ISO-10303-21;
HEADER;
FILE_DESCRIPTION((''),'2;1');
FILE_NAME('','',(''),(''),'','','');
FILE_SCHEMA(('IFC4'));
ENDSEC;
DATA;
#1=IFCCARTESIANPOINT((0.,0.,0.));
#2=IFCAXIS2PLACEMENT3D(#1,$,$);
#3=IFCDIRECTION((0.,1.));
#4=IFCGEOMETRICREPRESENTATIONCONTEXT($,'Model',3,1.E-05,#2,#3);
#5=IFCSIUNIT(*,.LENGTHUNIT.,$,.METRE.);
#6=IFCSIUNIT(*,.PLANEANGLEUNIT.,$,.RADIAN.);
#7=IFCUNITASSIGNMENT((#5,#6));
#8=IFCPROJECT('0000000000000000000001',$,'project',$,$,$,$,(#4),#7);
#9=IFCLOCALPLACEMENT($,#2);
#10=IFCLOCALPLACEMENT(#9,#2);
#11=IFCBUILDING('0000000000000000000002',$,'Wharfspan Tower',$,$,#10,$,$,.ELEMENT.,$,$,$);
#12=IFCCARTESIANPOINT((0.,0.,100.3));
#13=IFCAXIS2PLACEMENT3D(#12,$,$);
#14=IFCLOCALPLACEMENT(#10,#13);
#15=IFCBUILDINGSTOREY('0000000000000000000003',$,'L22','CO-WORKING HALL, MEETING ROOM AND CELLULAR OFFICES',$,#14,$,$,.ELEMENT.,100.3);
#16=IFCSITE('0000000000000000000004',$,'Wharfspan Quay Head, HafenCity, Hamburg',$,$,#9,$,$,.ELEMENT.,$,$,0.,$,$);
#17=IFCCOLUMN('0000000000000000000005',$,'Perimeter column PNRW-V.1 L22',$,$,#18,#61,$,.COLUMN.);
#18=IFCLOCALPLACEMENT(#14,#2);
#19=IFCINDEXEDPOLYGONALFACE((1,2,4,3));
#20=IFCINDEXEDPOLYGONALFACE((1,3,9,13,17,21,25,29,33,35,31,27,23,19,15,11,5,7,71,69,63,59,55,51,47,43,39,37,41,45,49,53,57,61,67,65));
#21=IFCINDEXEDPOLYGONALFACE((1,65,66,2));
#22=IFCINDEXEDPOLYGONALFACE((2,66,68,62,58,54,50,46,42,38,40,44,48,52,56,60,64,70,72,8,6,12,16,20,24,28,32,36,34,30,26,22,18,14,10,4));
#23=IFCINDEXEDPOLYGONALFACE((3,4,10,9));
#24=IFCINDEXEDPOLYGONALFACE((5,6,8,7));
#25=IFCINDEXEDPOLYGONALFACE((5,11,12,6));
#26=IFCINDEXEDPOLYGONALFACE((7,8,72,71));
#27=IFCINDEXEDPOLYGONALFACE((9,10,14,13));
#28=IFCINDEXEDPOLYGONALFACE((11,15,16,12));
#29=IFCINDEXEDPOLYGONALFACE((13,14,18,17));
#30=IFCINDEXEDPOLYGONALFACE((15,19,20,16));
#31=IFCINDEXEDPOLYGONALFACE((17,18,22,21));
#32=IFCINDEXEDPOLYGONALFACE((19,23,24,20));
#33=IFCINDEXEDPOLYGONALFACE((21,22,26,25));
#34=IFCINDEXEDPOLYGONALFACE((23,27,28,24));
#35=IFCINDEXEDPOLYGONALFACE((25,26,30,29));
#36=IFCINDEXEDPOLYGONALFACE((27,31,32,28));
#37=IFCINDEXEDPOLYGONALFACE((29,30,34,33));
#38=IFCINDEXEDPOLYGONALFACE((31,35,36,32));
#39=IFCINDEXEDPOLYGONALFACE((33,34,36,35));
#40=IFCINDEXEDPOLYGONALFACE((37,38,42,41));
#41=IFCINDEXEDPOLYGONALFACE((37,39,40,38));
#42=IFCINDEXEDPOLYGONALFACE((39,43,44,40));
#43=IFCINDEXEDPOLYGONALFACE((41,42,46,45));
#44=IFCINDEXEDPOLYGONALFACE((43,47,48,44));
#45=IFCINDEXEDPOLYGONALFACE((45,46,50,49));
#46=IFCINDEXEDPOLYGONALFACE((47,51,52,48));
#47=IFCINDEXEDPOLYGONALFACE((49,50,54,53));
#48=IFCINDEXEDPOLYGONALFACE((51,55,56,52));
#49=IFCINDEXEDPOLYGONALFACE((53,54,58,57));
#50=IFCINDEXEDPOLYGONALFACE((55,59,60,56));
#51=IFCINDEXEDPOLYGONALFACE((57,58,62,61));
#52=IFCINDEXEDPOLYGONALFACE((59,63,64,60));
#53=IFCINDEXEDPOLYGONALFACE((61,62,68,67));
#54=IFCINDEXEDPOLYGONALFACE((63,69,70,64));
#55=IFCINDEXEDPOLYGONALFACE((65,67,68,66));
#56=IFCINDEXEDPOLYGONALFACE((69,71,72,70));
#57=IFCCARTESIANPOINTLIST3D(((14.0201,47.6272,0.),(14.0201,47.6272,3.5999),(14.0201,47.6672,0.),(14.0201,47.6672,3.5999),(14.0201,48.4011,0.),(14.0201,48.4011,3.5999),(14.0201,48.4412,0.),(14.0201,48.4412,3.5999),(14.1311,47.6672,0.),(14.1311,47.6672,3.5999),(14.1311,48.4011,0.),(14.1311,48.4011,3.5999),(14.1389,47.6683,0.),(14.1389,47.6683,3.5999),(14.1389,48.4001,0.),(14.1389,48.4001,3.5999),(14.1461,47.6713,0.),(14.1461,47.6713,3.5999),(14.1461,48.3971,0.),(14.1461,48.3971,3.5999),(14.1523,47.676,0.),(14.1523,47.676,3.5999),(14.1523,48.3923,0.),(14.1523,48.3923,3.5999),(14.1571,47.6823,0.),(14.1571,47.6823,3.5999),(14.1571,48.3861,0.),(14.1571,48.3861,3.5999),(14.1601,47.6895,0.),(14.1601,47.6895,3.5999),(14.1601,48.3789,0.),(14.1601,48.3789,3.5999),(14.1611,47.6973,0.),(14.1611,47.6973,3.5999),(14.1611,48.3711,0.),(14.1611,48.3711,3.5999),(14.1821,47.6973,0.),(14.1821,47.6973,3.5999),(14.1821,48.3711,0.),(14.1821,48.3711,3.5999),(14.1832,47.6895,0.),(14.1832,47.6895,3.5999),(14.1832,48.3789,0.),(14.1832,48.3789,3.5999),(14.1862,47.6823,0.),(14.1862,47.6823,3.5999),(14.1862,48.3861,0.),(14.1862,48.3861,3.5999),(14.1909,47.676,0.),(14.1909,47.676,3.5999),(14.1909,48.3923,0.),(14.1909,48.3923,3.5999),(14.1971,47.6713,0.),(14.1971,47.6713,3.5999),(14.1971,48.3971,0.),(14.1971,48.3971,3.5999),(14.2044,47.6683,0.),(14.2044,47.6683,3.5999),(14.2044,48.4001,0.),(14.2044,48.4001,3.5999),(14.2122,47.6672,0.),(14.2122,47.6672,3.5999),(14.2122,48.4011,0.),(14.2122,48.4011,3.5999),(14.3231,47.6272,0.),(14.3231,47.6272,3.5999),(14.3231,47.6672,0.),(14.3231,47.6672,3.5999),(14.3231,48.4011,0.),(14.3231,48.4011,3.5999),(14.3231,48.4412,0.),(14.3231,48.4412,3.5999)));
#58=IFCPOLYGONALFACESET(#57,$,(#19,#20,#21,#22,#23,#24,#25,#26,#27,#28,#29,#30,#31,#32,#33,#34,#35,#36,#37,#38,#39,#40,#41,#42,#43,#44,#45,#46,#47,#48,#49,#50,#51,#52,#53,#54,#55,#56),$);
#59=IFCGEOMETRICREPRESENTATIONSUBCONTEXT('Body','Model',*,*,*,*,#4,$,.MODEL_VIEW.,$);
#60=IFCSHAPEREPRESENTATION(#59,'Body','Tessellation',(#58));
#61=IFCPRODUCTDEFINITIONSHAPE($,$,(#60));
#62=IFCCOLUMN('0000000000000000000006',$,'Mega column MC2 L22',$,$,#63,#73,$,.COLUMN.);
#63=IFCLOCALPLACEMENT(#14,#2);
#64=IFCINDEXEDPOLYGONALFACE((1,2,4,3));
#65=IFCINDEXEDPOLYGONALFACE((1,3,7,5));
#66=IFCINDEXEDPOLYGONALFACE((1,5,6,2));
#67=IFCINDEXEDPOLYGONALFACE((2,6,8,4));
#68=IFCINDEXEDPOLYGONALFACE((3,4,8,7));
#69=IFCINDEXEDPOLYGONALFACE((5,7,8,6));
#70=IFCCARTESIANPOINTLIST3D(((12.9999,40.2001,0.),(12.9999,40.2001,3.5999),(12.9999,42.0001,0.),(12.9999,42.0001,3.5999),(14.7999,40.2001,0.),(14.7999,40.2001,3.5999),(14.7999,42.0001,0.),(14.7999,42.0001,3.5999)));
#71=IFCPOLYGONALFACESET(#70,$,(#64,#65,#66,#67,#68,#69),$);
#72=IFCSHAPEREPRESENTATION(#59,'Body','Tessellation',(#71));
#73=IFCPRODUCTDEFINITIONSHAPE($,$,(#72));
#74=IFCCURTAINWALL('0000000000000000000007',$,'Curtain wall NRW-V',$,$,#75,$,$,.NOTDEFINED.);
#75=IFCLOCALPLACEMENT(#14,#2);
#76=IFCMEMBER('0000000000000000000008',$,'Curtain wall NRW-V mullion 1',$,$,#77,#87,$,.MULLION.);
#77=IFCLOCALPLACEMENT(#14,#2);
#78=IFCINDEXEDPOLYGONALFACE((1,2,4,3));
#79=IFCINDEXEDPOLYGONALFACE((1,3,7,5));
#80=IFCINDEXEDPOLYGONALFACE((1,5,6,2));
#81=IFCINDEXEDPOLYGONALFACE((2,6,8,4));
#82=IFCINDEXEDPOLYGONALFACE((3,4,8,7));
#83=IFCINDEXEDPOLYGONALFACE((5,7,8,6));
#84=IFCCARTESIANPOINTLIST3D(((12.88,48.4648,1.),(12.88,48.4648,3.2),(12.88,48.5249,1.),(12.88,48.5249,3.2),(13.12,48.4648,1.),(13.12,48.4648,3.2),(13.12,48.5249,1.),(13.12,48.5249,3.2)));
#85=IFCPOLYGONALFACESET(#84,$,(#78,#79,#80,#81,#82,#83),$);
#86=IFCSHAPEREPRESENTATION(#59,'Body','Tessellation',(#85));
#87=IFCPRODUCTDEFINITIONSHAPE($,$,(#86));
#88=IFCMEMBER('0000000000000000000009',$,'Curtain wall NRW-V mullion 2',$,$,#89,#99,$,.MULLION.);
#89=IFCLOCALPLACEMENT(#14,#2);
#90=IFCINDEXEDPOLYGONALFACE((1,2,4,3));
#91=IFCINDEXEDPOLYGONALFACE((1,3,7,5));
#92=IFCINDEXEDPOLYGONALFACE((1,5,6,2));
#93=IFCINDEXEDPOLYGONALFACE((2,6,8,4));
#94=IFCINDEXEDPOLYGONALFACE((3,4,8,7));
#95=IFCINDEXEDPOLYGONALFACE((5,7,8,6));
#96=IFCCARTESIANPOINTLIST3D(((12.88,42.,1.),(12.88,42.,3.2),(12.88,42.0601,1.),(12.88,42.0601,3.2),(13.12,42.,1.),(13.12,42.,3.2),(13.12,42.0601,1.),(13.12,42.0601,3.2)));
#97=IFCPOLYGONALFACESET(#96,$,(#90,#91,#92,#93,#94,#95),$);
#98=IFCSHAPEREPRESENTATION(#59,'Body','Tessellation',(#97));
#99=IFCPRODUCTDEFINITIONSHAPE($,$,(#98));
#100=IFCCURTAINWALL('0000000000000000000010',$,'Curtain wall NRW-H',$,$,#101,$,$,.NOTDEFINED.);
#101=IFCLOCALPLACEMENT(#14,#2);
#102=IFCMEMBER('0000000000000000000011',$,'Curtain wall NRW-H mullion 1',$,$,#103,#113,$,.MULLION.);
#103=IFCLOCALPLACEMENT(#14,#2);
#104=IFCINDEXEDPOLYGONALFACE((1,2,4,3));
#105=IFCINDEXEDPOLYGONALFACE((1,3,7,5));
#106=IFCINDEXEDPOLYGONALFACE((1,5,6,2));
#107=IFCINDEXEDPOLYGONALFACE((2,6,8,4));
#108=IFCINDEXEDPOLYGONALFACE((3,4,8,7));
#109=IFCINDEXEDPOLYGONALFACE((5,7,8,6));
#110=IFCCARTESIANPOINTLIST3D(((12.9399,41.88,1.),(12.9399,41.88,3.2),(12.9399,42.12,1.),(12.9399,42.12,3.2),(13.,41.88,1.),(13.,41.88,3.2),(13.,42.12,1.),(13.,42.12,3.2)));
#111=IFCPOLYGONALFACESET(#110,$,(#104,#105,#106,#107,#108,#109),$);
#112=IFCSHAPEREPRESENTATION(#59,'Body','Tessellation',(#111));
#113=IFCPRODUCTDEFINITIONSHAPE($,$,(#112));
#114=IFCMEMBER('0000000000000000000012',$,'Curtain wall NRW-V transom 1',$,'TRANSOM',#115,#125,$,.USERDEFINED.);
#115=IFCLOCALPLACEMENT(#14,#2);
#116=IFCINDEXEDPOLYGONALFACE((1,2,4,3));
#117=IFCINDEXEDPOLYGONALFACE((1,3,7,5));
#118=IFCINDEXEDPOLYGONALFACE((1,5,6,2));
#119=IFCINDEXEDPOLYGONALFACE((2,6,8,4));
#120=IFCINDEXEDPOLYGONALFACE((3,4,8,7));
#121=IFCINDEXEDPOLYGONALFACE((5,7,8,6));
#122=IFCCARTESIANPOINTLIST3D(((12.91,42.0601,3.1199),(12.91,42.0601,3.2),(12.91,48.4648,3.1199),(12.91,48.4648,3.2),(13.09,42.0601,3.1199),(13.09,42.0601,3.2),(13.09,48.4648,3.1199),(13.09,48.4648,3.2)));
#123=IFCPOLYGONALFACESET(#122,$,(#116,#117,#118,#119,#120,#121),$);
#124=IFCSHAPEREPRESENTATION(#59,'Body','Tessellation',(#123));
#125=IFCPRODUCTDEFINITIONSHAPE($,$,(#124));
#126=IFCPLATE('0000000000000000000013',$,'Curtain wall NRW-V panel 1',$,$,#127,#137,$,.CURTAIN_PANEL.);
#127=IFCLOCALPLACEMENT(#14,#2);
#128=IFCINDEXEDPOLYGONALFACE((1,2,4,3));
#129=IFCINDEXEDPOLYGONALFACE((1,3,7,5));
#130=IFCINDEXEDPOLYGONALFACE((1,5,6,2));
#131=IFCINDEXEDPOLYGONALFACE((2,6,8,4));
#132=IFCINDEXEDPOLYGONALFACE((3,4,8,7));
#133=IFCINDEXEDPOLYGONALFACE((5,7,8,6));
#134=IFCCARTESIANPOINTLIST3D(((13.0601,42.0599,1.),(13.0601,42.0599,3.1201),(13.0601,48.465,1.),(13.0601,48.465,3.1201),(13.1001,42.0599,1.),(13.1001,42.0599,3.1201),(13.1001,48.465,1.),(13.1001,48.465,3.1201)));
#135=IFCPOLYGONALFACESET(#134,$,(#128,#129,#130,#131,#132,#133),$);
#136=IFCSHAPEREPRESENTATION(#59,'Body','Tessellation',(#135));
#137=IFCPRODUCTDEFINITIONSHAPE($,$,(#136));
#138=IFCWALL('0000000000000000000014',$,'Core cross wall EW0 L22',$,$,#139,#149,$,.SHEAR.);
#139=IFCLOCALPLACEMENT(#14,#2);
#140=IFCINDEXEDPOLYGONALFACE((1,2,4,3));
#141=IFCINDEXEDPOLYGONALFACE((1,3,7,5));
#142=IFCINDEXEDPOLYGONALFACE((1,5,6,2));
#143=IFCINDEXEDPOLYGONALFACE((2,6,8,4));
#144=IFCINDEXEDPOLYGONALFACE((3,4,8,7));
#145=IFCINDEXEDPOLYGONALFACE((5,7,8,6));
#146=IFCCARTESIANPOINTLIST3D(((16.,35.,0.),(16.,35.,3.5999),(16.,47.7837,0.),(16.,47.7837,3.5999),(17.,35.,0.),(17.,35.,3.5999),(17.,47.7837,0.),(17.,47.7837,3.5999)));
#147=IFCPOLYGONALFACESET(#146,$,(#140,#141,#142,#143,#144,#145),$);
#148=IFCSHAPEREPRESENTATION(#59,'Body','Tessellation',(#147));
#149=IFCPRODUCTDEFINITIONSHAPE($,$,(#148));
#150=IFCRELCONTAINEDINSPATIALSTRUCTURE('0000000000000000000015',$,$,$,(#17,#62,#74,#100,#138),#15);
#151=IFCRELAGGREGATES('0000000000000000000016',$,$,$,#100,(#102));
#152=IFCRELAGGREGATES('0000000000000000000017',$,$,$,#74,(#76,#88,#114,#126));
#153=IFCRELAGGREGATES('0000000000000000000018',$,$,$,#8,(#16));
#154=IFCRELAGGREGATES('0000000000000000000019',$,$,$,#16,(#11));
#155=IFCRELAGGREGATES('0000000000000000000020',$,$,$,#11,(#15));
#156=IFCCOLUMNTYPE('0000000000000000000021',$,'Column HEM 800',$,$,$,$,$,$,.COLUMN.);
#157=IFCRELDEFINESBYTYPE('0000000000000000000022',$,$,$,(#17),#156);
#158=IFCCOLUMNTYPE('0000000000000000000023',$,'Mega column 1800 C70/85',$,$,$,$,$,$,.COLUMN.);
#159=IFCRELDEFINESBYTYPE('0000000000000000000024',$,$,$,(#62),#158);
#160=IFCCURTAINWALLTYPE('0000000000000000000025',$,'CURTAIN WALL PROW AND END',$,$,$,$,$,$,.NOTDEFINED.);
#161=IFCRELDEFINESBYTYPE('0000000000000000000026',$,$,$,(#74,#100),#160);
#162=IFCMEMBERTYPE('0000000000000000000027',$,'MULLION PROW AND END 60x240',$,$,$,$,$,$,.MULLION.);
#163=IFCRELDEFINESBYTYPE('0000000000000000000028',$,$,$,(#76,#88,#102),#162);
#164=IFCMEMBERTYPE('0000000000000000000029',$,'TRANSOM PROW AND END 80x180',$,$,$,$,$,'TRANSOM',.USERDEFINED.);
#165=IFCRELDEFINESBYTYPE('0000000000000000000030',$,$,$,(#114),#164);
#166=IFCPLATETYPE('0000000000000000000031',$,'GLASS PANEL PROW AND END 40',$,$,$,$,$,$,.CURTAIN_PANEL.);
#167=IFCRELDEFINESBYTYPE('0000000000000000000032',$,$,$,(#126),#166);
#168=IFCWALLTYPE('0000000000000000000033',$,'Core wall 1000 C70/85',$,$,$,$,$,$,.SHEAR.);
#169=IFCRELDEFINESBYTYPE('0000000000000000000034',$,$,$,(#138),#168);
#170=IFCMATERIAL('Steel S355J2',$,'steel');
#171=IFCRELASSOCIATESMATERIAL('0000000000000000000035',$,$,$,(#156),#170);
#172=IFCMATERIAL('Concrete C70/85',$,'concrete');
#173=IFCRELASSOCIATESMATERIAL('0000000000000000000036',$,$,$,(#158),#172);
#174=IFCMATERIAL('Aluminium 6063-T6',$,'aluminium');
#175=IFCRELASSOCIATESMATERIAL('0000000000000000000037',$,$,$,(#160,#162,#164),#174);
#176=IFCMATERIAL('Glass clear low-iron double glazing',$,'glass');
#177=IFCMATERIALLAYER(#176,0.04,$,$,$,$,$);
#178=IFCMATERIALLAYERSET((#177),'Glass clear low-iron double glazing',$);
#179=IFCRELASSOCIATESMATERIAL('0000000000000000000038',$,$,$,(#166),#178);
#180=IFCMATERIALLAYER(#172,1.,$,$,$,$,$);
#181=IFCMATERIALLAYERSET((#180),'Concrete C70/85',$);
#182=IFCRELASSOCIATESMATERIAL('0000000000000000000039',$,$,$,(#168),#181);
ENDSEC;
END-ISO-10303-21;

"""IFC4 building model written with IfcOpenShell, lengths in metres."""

from ifc_helpers import new_model, si_unit, direction, frame, frame_2d, origin, origin_2d, place, context, subcontext, project, spatial, rectangle, i_section, extrude, material, layer, layer_set, material_profile, profile_set, type_object, element, aggregate, save


model = new_model("IFC4")

# Units and contexts
model_context = context("Model", 3, precision=1e-05, world=origin(), true_north=direction((0.0, 1.0)))
body_context = subcontext(model_context, "Body", "Model", "MODEL_VIEW")
ifc_project = project(units=[si_unit("LENGTHUNIT", "METRE"), si_unit("PLANEANGLEUNIT", "RADIAN")], contexts=[model_context])

# Site, building, storey
site_placement = place(None, origin())
site = spatial("IfcSite", under=ifc_project, at=site_placement, Name="Wharfspan Quay Head, HafenCity, Hamburg", CompositionType="ELEMENT", RefElevation=0.0)
building_placement = place(site_placement, origin())
building = spatial("IfcBuilding", under=site, at=building_placement, Name="Wharfspan Tower", CompositionType="ELEMENT")
storey_placement = place(building_placement, frame((0.0, 0.0, 100.3)))
storey = spatial("IfcBuildingStorey", under=building, at=storey_placement, Name="L22", Description="CO-WORKING HALL, MEETING ROOM AND CELLULAR OFFICES", CompositionType="ELEMENT", Elevation=100.3)

# Columns
ifc_material_1 = material(Name="Steel S355J2", Category="steel")
ifc_material_profile_1 = material_profile(ifc_material_1, i_section(OverallWidth=0.303, OverallDepth=0.814, WebThickness=0.021, FlangeThickness=0.04, FilletRadius=0.03, at=origin_2d()))
ifc_profile_set_1 = profile_set([ifc_material_profile_1], Name="Steel S355J2")
column_type_1 = type_object("IfcColumnType", Name="Column HEM 800", PredefinedType="COLUMN", material=ifc_profile_set_1)
column_1_placement = place(storey_placement, frame((14.1716, 48.0342, 0.0), z_axis=(0.0, 0.0, 1.0), x_axis=(-1.0, 0.0, 0.0)))
element("IfcColumn", 1, at=column_1_placement, inside=storey, type_object=column_type_1, Name="Perimeter column PNRW-V.1 L22", PredefinedType="COLUMN", context=body_context, shape_type="SweptSolid", body=[
    extrude(i_section(OverallWidth=0.303, OverallDepth=0.814, WebThickness=0.021, FlangeThickness=0.04, FilletRadius=0.03, at=origin_2d()), origin(), (0.0, 0.0, 1.0), 3.5999),
])
ifc_material_2 = material(Name="Concrete C70/85", Category="concrete")
ifc_material_profile_2 = material_profile(ifc_material_2, rectangle(XDim=1.8, YDim=1.8, at=origin_2d()))
ifc_profile_set_2 = profile_set([ifc_material_profile_2], Name="Concrete C70/85")
column_type_2 = type_object("IfcColumnType", Name="Mega column 1800 C70/85", PredefinedType="COLUMN", material=ifc_profile_set_2)
column_2_placement = place(storey_placement, frame((13.8999, 41.1001, 0.0), z_axis=(0.0, 0.0, 1.0), x_axis=(1.0, 0.0, 0.0)))
element("IfcColumn", 2, at=column_2_placement, inside=storey, type_object=column_type_2, Name="Mega column MC2 L22", PredefinedType="COLUMN", context=body_context, shape_type="SweptSolid", body=[
    extrude(rectangle(XDim=1.8, YDim=1.8, at=origin_2d()), origin(), (0.0, 0.0, 1.0), 3.5999),
])

# Curtain wall, members
ifc_material_3 = material(Name="Aluminium 6063-T6", Category="aluminium")
curtain_wall_type = type_object("IfcCurtainWallType", Name="CURTAIN WALL PROW AND END", PredefinedType="NOTDEFINED", material=ifc_material_3)
curtain_wall_1_placement = place(storey_placement, origin())
curtain_wall_1 = element("IfcCurtainWall", 3, at=curtain_wall_1_placement, inside=storey, type_object=curtain_wall_type, Name="Curtain wall NRW-V", PredefinedType="NOTDEFINED")
ifc_material_profile_3 = material_profile(ifc_material_3, rectangle(XDim=0.24, YDim=0.0601, at=origin_2d()))
ifc_profile_set_3 = profile_set([ifc_material_profile_3], Name="Aluminium 6063-T6")
member_type_1 = type_object("IfcMemberType", Name="MULLION PROW AND END 60x240", PredefinedType="MULLION", material=ifc_profile_set_3)
member_1_placement = place(storey_placement, frame((13.0, 48.4949, 1.0), z_axis=(0.0, 0.0, 1.0), x_axis=(1.0, 0.0, 0.0)))
member_1 = element("IfcMember", 4, at=member_1_placement, type_object=member_type_1, Name="Curtain wall NRW-V mullion 1", PredefinedType="MULLION", context=body_context, shape_type="SweptSolid", body=[
    extrude(rectangle(XDim=0.24, YDim=0.0601, at=origin_2d()), origin(), (0.0, 0.0, 1.0), 2.2),
])
member_2_placement = place(storey_placement, frame((13.0, 42.03, 1.0), z_axis=(0.0, 0.0, 1.0), x_axis=(1.0, 0.0, 0.0)))
member_2 = element("IfcMember", 5, at=member_2_placement, type_object=member_type_1, Name="Curtain wall NRW-V mullion 2", PredefinedType="MULLION", context=body_context, shape_type="SweptSolid", body=[
    extrude(rectangle(XDim=0.24, YDim=0.0601, at=origin_2d()), origin(), (0.0, 0.0, 1.0), 2.2),
])

# Curtain wall, member
curtain_wall_2_placement = place(storey_placement, origin())
curtain_wall_2 = element("IfcCurtainWall", 6, at=curtain_wall_2_placement, inside=storey, type_object=curtain_wall_type, Name="Curtain wall NRW-H", PredefinedType="NOTDEFINED")
member_3_placement = place(storey_placement, frame((12.97, 42.0, 1.0), z_axis=(0.0, 0.0, 1.0), x_axis=(0.0, -1.0, 0.0)))
member_3 = element("IfcMember", 7, at=member_3_placement, type_object=member_type_1, Name="Curtain wall NRW-H mullion 1", PredefinedType="MULLION", context=body_context, shape_type="SweptSolid", body=[
    extrude(rectangle(XDim=0.24, YDim=0.0601, at=origin_2d()), origin(), (0.0, 0.0, 1.0), 2.2),
])
aggregate(curtain_wall_2, [member_3])

# Member
ifc_material_profile_4 = material_profile(ifc_material_3, rectangle(XDim=0.1799, YDim=0.0801, at=origin_2d()))
ifc_profile_set_4 = profile_set([ifc_material_profile_4], Name="Aluminium 6063-T6")
member_type_2 = type_object("IfcMemberType", Name="TRANSOM PROW AND END 80x180", ElementType="TRANSOM", PredefinedType="USERDEFINED", material=ifc_profile_set_4)
member_4_placement = place(storey_placement, frame((13.0, 48.4648, 3.1599), z_axis=(0.0, -1.0, 0.0), x_axis=(1.0, 0.0, 0.0)))
member_4 = element("IfcMember", 8, at=member_4_placement, type_object=member_type_2, Name="Curtain wall NRW-V transom 1", ObjectType="TRANSOM", PredefinedType="USERDEFINED", context=body_context, shape_type="SweptSolid", body=[
    extrude(rectangle(XDim=0.1799, YDim=0.0801, at=origin_2d()), origin(), (0.0, 0.0, 1.0), 6.4048),
])

# Plate
ifc_material_4 = material(Name="Glass clear low-iron double glazing", Category="glass")
ifc_layer_1 = layer(ifc_material_4, 0.04)
ifc_layer_set_1 = layer_set([ifc_layer_1], Name="Glass clear low-iron double glazing")
plate_type = type_object("IfcPlateType", Name="GLASS PANEL PROW AND END 40", PredefinedType="CURTAIN_PANEL", material=ifc_layer_set_1)
plate_placement = place(storey_placement, frame((13.0801, 45.2625, 1.0), z_axis=(0.0, 0.0, 1.0), x_axis=(0.0, -1.0, 0.0)))
plate = element("IfcPlate", 9, at=plate_placement, type_object=plate_type, Name="Curtain wall NRW-V panel 1", PredefinedType="CURTAIN_PANEL", context=body_context, shape_type="SweptSolid", body=[
    extrude(rectangle(XDim=6.405, YDim=0.04, at=origin_2d()), origin(), (0.0, 0.0, 1.0), 2.1201),
])
aggregate(curtain_wall_1, [member_1, member_2, member_4, plate])

# Wall
ifc_layer_2 = layer(ifc_material_2, 1.0)
ifc_layer_set_2 = layer_set([ifc_layer_2], Name="Concrete C70/85")
wall_type_1 = type_object("IfcWallType", Name="Core wall 1000 C70/85", PredefinedType="SHEAR", material=ifc_layer_set_2)
wall_1_placement = place(storey_placement, frame((16.5, 35.0, 0.0), z_axis=(0.0, 0.0, 1.0), x_axis=(0.0, 1.0, 0.0)))
element("IfcWall", 10, at=wall_1_placement, inside=storey, type_object=wall_type_1, Name="Core cross wall EW0 L22", PredefinedType="SHEAR", context=body_context, shape_type="SweptSolid", body=[
    extrude(rectangle(XDim=12.7837, YDim=1.0, at=frame_2d((6.3918, 0.0))), origin(), (0.0, 0.0, 1.0), 3.5999),
])

save(model, "model.ifc")
